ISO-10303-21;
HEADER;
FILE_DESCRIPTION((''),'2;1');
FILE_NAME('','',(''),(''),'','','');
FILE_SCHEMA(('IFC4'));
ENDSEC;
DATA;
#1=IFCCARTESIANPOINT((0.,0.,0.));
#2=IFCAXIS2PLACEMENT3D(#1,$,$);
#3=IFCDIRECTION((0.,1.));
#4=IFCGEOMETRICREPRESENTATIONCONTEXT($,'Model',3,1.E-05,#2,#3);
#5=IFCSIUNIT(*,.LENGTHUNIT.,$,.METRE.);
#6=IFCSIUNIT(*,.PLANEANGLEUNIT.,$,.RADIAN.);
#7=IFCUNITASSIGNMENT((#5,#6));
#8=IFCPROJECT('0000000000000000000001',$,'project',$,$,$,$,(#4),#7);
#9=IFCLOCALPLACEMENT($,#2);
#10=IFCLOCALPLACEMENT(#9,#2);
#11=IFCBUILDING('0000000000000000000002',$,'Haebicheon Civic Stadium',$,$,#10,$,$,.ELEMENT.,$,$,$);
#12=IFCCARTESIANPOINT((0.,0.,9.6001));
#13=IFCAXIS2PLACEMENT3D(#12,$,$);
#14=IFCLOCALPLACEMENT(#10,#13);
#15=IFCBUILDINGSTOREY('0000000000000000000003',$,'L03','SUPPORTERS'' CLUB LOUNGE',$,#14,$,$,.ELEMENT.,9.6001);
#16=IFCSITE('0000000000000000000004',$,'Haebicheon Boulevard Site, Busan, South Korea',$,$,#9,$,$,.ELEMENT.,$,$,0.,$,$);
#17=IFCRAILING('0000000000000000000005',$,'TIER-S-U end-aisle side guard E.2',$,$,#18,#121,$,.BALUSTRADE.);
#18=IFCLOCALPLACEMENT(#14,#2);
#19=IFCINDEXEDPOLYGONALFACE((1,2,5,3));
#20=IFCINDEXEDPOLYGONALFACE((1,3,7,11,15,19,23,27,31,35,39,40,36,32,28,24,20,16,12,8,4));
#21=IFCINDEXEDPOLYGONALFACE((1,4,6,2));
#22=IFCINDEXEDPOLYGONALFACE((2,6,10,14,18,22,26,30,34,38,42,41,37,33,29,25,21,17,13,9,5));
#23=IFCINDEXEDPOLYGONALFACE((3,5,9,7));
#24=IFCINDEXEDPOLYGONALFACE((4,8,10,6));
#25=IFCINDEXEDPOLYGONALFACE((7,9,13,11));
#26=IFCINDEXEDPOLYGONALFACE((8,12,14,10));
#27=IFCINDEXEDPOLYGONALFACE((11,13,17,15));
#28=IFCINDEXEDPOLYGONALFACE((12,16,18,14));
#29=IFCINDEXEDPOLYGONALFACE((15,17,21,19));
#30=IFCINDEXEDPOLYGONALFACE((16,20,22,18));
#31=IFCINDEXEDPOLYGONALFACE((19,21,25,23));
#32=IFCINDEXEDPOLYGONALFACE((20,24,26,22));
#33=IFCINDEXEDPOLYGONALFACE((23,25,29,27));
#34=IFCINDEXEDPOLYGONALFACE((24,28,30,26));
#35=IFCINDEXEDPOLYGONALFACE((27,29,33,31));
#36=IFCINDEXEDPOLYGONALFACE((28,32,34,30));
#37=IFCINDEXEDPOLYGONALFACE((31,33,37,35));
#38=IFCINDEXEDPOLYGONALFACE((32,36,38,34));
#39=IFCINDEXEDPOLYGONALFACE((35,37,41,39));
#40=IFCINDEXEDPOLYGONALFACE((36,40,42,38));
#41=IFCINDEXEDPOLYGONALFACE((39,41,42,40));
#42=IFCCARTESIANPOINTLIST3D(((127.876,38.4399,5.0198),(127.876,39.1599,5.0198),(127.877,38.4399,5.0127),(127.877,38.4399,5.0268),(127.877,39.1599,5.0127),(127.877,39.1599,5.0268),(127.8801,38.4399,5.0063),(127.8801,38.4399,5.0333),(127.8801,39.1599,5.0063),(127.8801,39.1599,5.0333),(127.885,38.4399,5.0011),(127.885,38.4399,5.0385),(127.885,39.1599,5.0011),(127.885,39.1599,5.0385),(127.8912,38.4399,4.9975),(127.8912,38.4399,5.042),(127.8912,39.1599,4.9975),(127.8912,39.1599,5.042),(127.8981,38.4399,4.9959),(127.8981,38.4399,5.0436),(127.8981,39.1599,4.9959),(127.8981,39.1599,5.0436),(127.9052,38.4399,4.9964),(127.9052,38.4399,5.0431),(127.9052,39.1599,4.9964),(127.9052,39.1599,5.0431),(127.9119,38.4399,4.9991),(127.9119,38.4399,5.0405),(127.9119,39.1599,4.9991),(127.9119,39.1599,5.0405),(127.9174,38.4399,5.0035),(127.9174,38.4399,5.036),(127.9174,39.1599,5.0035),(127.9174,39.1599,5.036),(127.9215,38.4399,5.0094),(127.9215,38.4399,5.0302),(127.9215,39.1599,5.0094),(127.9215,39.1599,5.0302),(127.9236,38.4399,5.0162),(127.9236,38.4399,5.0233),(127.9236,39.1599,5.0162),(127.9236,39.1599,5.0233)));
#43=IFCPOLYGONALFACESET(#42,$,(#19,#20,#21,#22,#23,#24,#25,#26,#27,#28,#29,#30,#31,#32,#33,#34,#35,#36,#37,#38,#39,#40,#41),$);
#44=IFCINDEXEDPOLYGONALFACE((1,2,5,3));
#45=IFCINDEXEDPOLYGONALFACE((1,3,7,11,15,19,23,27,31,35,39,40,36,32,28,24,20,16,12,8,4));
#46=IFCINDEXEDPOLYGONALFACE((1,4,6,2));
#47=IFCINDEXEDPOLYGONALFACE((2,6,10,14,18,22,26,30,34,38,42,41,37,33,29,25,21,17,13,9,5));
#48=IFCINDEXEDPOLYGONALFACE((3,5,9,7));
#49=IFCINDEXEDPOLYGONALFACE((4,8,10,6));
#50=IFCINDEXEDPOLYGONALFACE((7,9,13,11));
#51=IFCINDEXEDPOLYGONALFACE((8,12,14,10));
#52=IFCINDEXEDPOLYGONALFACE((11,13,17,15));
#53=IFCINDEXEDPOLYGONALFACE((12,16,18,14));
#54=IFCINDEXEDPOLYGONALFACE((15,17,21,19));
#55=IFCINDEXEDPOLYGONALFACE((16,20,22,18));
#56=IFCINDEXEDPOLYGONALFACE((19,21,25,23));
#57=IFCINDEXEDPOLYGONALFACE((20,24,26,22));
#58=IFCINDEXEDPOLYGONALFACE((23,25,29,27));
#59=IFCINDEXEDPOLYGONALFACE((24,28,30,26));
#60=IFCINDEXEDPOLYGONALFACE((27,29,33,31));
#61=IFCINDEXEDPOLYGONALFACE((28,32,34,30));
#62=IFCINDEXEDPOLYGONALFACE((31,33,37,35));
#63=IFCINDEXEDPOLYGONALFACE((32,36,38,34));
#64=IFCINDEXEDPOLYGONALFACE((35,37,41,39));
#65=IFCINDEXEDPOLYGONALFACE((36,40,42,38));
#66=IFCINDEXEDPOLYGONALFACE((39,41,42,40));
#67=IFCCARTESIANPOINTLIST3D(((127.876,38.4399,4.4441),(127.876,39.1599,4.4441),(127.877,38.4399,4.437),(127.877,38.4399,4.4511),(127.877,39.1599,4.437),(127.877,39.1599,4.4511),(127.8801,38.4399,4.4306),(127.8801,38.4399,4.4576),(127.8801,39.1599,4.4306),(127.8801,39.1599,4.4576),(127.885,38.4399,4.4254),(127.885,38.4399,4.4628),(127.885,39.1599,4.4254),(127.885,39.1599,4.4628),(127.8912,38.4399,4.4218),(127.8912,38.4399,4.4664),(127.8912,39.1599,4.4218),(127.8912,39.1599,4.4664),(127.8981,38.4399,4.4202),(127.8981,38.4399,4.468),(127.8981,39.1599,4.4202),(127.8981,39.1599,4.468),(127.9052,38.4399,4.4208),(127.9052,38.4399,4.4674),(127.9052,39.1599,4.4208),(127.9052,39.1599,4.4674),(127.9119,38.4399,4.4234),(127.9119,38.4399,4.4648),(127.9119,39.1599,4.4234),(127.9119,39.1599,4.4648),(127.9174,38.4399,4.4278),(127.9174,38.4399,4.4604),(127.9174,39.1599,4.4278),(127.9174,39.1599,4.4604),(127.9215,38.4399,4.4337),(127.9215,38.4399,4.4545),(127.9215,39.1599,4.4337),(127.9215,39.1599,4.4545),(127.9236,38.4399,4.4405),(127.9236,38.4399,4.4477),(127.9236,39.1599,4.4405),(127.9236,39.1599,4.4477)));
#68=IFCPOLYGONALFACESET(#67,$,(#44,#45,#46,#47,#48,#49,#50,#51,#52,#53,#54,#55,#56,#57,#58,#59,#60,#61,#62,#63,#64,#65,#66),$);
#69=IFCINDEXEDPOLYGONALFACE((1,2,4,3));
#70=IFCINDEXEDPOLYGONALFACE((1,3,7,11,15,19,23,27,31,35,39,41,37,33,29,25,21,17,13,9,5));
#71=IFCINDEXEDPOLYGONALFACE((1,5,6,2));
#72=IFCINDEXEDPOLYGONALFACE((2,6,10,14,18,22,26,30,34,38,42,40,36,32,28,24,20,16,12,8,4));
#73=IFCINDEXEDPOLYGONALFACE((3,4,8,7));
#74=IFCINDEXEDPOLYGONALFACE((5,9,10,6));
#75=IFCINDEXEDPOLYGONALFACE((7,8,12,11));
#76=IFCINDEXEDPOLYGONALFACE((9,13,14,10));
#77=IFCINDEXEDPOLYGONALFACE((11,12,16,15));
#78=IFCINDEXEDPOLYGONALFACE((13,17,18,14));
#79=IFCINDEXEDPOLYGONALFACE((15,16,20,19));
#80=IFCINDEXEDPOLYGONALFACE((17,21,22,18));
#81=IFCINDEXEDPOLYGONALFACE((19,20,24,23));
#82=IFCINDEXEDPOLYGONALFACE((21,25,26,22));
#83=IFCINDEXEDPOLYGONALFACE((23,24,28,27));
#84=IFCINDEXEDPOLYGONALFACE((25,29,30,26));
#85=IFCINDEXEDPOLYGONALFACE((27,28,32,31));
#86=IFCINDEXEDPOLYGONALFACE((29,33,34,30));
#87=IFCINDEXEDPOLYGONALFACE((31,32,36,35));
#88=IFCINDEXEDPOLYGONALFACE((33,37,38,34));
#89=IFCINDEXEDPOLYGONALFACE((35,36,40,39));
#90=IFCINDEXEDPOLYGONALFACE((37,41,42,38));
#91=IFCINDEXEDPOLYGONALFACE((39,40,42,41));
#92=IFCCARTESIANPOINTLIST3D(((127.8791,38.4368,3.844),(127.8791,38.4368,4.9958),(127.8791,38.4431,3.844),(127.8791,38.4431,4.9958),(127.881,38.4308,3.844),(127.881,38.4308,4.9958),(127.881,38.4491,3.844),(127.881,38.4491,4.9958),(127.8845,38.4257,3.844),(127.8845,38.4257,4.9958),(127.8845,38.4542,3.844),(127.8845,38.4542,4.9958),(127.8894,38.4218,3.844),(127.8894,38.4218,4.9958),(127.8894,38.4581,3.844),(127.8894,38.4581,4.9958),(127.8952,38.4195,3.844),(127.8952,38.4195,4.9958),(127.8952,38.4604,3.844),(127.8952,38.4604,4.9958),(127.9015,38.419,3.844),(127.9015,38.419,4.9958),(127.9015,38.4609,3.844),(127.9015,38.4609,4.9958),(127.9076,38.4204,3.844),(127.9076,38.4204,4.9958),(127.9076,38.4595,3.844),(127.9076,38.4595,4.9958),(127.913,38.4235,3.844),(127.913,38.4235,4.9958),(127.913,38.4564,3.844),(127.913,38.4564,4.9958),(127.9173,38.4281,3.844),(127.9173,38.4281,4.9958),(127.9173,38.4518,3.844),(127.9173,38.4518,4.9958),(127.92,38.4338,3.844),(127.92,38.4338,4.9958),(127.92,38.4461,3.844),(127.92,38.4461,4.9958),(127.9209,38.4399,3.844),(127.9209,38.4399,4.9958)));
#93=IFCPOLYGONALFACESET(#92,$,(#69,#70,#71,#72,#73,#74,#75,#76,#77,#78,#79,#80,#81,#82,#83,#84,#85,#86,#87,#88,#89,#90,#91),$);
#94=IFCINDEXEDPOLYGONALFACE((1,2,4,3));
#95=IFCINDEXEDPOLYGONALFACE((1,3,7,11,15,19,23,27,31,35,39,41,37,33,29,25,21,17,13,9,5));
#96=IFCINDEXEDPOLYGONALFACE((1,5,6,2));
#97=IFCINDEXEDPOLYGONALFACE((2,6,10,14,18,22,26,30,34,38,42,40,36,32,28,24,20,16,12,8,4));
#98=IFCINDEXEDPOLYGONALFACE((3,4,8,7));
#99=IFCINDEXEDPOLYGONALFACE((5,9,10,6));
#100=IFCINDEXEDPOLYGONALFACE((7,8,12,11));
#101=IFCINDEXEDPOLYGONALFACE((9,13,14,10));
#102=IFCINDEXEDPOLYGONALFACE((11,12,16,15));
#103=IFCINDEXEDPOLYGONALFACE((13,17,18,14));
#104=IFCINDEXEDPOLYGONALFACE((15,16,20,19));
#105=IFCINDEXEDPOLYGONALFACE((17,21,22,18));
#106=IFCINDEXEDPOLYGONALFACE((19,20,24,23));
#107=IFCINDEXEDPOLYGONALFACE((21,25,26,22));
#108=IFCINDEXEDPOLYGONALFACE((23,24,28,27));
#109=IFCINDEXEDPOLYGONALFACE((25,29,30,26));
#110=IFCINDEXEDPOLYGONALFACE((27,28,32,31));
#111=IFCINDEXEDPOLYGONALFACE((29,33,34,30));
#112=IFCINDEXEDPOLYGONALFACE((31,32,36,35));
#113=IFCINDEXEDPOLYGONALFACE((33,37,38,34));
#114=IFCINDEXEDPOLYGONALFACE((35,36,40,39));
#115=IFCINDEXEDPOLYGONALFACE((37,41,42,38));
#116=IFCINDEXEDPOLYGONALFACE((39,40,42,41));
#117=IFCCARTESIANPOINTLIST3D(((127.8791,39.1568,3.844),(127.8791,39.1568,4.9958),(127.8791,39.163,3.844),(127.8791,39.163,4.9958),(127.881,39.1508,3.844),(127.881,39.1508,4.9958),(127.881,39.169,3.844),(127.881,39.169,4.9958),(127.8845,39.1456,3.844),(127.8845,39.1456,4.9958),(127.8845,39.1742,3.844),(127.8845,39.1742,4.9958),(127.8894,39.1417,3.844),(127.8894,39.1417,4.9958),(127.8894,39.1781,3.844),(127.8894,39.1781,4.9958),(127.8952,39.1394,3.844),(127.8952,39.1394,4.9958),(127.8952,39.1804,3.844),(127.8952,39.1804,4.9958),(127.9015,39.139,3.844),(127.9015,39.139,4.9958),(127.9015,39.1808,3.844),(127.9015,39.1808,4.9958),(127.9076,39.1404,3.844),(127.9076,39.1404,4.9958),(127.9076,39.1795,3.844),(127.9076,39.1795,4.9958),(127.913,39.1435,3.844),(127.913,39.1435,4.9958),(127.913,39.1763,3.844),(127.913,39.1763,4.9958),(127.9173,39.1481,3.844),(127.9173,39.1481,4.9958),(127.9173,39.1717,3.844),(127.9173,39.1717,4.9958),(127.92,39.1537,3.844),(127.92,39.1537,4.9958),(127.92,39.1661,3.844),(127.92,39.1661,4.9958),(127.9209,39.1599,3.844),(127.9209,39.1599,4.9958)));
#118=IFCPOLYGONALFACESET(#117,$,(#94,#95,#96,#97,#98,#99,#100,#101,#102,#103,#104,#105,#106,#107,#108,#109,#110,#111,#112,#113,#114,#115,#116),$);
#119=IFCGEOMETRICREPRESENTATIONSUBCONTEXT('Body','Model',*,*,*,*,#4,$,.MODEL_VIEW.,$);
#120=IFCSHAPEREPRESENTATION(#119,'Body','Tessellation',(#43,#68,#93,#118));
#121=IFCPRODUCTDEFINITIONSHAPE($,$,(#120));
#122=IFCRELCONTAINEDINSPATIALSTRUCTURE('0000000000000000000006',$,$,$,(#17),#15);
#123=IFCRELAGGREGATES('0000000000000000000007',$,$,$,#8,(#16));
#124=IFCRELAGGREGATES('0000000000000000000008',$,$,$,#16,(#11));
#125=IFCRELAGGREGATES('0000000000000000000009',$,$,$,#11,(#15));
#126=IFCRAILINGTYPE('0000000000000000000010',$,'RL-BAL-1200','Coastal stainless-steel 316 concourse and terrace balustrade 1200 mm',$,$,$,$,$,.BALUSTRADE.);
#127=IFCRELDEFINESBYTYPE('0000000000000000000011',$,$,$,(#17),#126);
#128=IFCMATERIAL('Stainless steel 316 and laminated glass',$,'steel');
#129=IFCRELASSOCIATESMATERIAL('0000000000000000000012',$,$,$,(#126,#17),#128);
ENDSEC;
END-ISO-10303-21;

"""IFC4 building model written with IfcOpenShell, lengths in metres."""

from ifc_helpers import new_model, si_unit, direction, frame, origin, origin_2d, place, context, subcontext, project, spatial, circle, extrude, material, type_object, element, save


model = new_model("IFC4")

# Units and contexts
model_context = context("Model", 3, precision=1e-05, world=origin(), true_north=direction((0.0, 1.0)))
body_context = subcontext(model_context, "Body", "Model", "MODEL_VIEW")
ifc_project = project(units=[si_unit("LENGTHUNIT", "METRE"), si_unit("PLANEANGLEUNIT", "RADIAN")], contexts=[model_context])

# Site, building, storey
site_placement = place(None, origin())
site = spatial("IfcSite", under=ifc_project, at=site_placement, Name="Haebicheon Boulevard Site, Busan, South Korea", CompositionType="ELEMENT", RefElevation=0.0)
building_placement = place(site_placement, origin())
building = spatial("IfcBuilding", under=site, at=building_placement, Name="Haebicheon Civic Stadium", CompositionType="ELEMENT")
storey_placement = place(building_placement, frame((0.0, 0.0, 9.6001)))
storey = spatial("IfcBuildingStorey", under=building, at=storey_placement, Name="L03", Description="SUPPORTERS' CLUB LOUNGE", CompositionType="ELEMENT", Elevation=9.6001)

# Railing
ifc_material_1 = material(Name="Stainless steel 316 and laminated glass", Category="steel")
railing_type_1 = type_object("IfcRailingType", Name="RL-BAL-1200", Description="Coastal stainless-steel 316 concourse and terrace balustrade 1200 mm", PredefinedType="BALUSTRADE", material=ifc_material_1)
for number, where, name in (
    (1, (127.8999, 38.4399, 3.844), "TIER-S-U end-aisle side guard E.2"),
):
    element("IfcRailing", number, at=place(storey_placement, frame(where)), inside=storey, type_object=railing_type_1, material=ifc_material_1, Name=name, PredefinedType="BALUSTRADE", context=body_context, shape_type="SweptSolid", body=[
        extrude(circle(Radius=0.0239, at=origin_2d()), frame((0.0, 0.0, 1.1758), z_axis=(0.0, 1.0, 0.0), x_axis=(-1.0, 0.0, 0.0)), (0.0, 0.0, 1.0), 0.72),
        extrude(circle(Radius=0.0239, at=origin_2d()), frame((0.0, 0.0, 0.6001), z_axis=(0.0, 1.0, 0.0), x_axis=(-1.0, 0.0, 0.0)), (0.0, 0.0, 1.0), 0.72),
        extrude(circle(Radius=0.021, at=origin_2d()), origin(), (0.0, 0.0, 1.0), 1.1519),
        extrude(circle(Radius=0.021, at=origin_2d()), frame((0.0, 0.72, 0.0)), (0.0, 0.0, 1.0), 1.1519),
    ])

save(model, "model.ifc")
